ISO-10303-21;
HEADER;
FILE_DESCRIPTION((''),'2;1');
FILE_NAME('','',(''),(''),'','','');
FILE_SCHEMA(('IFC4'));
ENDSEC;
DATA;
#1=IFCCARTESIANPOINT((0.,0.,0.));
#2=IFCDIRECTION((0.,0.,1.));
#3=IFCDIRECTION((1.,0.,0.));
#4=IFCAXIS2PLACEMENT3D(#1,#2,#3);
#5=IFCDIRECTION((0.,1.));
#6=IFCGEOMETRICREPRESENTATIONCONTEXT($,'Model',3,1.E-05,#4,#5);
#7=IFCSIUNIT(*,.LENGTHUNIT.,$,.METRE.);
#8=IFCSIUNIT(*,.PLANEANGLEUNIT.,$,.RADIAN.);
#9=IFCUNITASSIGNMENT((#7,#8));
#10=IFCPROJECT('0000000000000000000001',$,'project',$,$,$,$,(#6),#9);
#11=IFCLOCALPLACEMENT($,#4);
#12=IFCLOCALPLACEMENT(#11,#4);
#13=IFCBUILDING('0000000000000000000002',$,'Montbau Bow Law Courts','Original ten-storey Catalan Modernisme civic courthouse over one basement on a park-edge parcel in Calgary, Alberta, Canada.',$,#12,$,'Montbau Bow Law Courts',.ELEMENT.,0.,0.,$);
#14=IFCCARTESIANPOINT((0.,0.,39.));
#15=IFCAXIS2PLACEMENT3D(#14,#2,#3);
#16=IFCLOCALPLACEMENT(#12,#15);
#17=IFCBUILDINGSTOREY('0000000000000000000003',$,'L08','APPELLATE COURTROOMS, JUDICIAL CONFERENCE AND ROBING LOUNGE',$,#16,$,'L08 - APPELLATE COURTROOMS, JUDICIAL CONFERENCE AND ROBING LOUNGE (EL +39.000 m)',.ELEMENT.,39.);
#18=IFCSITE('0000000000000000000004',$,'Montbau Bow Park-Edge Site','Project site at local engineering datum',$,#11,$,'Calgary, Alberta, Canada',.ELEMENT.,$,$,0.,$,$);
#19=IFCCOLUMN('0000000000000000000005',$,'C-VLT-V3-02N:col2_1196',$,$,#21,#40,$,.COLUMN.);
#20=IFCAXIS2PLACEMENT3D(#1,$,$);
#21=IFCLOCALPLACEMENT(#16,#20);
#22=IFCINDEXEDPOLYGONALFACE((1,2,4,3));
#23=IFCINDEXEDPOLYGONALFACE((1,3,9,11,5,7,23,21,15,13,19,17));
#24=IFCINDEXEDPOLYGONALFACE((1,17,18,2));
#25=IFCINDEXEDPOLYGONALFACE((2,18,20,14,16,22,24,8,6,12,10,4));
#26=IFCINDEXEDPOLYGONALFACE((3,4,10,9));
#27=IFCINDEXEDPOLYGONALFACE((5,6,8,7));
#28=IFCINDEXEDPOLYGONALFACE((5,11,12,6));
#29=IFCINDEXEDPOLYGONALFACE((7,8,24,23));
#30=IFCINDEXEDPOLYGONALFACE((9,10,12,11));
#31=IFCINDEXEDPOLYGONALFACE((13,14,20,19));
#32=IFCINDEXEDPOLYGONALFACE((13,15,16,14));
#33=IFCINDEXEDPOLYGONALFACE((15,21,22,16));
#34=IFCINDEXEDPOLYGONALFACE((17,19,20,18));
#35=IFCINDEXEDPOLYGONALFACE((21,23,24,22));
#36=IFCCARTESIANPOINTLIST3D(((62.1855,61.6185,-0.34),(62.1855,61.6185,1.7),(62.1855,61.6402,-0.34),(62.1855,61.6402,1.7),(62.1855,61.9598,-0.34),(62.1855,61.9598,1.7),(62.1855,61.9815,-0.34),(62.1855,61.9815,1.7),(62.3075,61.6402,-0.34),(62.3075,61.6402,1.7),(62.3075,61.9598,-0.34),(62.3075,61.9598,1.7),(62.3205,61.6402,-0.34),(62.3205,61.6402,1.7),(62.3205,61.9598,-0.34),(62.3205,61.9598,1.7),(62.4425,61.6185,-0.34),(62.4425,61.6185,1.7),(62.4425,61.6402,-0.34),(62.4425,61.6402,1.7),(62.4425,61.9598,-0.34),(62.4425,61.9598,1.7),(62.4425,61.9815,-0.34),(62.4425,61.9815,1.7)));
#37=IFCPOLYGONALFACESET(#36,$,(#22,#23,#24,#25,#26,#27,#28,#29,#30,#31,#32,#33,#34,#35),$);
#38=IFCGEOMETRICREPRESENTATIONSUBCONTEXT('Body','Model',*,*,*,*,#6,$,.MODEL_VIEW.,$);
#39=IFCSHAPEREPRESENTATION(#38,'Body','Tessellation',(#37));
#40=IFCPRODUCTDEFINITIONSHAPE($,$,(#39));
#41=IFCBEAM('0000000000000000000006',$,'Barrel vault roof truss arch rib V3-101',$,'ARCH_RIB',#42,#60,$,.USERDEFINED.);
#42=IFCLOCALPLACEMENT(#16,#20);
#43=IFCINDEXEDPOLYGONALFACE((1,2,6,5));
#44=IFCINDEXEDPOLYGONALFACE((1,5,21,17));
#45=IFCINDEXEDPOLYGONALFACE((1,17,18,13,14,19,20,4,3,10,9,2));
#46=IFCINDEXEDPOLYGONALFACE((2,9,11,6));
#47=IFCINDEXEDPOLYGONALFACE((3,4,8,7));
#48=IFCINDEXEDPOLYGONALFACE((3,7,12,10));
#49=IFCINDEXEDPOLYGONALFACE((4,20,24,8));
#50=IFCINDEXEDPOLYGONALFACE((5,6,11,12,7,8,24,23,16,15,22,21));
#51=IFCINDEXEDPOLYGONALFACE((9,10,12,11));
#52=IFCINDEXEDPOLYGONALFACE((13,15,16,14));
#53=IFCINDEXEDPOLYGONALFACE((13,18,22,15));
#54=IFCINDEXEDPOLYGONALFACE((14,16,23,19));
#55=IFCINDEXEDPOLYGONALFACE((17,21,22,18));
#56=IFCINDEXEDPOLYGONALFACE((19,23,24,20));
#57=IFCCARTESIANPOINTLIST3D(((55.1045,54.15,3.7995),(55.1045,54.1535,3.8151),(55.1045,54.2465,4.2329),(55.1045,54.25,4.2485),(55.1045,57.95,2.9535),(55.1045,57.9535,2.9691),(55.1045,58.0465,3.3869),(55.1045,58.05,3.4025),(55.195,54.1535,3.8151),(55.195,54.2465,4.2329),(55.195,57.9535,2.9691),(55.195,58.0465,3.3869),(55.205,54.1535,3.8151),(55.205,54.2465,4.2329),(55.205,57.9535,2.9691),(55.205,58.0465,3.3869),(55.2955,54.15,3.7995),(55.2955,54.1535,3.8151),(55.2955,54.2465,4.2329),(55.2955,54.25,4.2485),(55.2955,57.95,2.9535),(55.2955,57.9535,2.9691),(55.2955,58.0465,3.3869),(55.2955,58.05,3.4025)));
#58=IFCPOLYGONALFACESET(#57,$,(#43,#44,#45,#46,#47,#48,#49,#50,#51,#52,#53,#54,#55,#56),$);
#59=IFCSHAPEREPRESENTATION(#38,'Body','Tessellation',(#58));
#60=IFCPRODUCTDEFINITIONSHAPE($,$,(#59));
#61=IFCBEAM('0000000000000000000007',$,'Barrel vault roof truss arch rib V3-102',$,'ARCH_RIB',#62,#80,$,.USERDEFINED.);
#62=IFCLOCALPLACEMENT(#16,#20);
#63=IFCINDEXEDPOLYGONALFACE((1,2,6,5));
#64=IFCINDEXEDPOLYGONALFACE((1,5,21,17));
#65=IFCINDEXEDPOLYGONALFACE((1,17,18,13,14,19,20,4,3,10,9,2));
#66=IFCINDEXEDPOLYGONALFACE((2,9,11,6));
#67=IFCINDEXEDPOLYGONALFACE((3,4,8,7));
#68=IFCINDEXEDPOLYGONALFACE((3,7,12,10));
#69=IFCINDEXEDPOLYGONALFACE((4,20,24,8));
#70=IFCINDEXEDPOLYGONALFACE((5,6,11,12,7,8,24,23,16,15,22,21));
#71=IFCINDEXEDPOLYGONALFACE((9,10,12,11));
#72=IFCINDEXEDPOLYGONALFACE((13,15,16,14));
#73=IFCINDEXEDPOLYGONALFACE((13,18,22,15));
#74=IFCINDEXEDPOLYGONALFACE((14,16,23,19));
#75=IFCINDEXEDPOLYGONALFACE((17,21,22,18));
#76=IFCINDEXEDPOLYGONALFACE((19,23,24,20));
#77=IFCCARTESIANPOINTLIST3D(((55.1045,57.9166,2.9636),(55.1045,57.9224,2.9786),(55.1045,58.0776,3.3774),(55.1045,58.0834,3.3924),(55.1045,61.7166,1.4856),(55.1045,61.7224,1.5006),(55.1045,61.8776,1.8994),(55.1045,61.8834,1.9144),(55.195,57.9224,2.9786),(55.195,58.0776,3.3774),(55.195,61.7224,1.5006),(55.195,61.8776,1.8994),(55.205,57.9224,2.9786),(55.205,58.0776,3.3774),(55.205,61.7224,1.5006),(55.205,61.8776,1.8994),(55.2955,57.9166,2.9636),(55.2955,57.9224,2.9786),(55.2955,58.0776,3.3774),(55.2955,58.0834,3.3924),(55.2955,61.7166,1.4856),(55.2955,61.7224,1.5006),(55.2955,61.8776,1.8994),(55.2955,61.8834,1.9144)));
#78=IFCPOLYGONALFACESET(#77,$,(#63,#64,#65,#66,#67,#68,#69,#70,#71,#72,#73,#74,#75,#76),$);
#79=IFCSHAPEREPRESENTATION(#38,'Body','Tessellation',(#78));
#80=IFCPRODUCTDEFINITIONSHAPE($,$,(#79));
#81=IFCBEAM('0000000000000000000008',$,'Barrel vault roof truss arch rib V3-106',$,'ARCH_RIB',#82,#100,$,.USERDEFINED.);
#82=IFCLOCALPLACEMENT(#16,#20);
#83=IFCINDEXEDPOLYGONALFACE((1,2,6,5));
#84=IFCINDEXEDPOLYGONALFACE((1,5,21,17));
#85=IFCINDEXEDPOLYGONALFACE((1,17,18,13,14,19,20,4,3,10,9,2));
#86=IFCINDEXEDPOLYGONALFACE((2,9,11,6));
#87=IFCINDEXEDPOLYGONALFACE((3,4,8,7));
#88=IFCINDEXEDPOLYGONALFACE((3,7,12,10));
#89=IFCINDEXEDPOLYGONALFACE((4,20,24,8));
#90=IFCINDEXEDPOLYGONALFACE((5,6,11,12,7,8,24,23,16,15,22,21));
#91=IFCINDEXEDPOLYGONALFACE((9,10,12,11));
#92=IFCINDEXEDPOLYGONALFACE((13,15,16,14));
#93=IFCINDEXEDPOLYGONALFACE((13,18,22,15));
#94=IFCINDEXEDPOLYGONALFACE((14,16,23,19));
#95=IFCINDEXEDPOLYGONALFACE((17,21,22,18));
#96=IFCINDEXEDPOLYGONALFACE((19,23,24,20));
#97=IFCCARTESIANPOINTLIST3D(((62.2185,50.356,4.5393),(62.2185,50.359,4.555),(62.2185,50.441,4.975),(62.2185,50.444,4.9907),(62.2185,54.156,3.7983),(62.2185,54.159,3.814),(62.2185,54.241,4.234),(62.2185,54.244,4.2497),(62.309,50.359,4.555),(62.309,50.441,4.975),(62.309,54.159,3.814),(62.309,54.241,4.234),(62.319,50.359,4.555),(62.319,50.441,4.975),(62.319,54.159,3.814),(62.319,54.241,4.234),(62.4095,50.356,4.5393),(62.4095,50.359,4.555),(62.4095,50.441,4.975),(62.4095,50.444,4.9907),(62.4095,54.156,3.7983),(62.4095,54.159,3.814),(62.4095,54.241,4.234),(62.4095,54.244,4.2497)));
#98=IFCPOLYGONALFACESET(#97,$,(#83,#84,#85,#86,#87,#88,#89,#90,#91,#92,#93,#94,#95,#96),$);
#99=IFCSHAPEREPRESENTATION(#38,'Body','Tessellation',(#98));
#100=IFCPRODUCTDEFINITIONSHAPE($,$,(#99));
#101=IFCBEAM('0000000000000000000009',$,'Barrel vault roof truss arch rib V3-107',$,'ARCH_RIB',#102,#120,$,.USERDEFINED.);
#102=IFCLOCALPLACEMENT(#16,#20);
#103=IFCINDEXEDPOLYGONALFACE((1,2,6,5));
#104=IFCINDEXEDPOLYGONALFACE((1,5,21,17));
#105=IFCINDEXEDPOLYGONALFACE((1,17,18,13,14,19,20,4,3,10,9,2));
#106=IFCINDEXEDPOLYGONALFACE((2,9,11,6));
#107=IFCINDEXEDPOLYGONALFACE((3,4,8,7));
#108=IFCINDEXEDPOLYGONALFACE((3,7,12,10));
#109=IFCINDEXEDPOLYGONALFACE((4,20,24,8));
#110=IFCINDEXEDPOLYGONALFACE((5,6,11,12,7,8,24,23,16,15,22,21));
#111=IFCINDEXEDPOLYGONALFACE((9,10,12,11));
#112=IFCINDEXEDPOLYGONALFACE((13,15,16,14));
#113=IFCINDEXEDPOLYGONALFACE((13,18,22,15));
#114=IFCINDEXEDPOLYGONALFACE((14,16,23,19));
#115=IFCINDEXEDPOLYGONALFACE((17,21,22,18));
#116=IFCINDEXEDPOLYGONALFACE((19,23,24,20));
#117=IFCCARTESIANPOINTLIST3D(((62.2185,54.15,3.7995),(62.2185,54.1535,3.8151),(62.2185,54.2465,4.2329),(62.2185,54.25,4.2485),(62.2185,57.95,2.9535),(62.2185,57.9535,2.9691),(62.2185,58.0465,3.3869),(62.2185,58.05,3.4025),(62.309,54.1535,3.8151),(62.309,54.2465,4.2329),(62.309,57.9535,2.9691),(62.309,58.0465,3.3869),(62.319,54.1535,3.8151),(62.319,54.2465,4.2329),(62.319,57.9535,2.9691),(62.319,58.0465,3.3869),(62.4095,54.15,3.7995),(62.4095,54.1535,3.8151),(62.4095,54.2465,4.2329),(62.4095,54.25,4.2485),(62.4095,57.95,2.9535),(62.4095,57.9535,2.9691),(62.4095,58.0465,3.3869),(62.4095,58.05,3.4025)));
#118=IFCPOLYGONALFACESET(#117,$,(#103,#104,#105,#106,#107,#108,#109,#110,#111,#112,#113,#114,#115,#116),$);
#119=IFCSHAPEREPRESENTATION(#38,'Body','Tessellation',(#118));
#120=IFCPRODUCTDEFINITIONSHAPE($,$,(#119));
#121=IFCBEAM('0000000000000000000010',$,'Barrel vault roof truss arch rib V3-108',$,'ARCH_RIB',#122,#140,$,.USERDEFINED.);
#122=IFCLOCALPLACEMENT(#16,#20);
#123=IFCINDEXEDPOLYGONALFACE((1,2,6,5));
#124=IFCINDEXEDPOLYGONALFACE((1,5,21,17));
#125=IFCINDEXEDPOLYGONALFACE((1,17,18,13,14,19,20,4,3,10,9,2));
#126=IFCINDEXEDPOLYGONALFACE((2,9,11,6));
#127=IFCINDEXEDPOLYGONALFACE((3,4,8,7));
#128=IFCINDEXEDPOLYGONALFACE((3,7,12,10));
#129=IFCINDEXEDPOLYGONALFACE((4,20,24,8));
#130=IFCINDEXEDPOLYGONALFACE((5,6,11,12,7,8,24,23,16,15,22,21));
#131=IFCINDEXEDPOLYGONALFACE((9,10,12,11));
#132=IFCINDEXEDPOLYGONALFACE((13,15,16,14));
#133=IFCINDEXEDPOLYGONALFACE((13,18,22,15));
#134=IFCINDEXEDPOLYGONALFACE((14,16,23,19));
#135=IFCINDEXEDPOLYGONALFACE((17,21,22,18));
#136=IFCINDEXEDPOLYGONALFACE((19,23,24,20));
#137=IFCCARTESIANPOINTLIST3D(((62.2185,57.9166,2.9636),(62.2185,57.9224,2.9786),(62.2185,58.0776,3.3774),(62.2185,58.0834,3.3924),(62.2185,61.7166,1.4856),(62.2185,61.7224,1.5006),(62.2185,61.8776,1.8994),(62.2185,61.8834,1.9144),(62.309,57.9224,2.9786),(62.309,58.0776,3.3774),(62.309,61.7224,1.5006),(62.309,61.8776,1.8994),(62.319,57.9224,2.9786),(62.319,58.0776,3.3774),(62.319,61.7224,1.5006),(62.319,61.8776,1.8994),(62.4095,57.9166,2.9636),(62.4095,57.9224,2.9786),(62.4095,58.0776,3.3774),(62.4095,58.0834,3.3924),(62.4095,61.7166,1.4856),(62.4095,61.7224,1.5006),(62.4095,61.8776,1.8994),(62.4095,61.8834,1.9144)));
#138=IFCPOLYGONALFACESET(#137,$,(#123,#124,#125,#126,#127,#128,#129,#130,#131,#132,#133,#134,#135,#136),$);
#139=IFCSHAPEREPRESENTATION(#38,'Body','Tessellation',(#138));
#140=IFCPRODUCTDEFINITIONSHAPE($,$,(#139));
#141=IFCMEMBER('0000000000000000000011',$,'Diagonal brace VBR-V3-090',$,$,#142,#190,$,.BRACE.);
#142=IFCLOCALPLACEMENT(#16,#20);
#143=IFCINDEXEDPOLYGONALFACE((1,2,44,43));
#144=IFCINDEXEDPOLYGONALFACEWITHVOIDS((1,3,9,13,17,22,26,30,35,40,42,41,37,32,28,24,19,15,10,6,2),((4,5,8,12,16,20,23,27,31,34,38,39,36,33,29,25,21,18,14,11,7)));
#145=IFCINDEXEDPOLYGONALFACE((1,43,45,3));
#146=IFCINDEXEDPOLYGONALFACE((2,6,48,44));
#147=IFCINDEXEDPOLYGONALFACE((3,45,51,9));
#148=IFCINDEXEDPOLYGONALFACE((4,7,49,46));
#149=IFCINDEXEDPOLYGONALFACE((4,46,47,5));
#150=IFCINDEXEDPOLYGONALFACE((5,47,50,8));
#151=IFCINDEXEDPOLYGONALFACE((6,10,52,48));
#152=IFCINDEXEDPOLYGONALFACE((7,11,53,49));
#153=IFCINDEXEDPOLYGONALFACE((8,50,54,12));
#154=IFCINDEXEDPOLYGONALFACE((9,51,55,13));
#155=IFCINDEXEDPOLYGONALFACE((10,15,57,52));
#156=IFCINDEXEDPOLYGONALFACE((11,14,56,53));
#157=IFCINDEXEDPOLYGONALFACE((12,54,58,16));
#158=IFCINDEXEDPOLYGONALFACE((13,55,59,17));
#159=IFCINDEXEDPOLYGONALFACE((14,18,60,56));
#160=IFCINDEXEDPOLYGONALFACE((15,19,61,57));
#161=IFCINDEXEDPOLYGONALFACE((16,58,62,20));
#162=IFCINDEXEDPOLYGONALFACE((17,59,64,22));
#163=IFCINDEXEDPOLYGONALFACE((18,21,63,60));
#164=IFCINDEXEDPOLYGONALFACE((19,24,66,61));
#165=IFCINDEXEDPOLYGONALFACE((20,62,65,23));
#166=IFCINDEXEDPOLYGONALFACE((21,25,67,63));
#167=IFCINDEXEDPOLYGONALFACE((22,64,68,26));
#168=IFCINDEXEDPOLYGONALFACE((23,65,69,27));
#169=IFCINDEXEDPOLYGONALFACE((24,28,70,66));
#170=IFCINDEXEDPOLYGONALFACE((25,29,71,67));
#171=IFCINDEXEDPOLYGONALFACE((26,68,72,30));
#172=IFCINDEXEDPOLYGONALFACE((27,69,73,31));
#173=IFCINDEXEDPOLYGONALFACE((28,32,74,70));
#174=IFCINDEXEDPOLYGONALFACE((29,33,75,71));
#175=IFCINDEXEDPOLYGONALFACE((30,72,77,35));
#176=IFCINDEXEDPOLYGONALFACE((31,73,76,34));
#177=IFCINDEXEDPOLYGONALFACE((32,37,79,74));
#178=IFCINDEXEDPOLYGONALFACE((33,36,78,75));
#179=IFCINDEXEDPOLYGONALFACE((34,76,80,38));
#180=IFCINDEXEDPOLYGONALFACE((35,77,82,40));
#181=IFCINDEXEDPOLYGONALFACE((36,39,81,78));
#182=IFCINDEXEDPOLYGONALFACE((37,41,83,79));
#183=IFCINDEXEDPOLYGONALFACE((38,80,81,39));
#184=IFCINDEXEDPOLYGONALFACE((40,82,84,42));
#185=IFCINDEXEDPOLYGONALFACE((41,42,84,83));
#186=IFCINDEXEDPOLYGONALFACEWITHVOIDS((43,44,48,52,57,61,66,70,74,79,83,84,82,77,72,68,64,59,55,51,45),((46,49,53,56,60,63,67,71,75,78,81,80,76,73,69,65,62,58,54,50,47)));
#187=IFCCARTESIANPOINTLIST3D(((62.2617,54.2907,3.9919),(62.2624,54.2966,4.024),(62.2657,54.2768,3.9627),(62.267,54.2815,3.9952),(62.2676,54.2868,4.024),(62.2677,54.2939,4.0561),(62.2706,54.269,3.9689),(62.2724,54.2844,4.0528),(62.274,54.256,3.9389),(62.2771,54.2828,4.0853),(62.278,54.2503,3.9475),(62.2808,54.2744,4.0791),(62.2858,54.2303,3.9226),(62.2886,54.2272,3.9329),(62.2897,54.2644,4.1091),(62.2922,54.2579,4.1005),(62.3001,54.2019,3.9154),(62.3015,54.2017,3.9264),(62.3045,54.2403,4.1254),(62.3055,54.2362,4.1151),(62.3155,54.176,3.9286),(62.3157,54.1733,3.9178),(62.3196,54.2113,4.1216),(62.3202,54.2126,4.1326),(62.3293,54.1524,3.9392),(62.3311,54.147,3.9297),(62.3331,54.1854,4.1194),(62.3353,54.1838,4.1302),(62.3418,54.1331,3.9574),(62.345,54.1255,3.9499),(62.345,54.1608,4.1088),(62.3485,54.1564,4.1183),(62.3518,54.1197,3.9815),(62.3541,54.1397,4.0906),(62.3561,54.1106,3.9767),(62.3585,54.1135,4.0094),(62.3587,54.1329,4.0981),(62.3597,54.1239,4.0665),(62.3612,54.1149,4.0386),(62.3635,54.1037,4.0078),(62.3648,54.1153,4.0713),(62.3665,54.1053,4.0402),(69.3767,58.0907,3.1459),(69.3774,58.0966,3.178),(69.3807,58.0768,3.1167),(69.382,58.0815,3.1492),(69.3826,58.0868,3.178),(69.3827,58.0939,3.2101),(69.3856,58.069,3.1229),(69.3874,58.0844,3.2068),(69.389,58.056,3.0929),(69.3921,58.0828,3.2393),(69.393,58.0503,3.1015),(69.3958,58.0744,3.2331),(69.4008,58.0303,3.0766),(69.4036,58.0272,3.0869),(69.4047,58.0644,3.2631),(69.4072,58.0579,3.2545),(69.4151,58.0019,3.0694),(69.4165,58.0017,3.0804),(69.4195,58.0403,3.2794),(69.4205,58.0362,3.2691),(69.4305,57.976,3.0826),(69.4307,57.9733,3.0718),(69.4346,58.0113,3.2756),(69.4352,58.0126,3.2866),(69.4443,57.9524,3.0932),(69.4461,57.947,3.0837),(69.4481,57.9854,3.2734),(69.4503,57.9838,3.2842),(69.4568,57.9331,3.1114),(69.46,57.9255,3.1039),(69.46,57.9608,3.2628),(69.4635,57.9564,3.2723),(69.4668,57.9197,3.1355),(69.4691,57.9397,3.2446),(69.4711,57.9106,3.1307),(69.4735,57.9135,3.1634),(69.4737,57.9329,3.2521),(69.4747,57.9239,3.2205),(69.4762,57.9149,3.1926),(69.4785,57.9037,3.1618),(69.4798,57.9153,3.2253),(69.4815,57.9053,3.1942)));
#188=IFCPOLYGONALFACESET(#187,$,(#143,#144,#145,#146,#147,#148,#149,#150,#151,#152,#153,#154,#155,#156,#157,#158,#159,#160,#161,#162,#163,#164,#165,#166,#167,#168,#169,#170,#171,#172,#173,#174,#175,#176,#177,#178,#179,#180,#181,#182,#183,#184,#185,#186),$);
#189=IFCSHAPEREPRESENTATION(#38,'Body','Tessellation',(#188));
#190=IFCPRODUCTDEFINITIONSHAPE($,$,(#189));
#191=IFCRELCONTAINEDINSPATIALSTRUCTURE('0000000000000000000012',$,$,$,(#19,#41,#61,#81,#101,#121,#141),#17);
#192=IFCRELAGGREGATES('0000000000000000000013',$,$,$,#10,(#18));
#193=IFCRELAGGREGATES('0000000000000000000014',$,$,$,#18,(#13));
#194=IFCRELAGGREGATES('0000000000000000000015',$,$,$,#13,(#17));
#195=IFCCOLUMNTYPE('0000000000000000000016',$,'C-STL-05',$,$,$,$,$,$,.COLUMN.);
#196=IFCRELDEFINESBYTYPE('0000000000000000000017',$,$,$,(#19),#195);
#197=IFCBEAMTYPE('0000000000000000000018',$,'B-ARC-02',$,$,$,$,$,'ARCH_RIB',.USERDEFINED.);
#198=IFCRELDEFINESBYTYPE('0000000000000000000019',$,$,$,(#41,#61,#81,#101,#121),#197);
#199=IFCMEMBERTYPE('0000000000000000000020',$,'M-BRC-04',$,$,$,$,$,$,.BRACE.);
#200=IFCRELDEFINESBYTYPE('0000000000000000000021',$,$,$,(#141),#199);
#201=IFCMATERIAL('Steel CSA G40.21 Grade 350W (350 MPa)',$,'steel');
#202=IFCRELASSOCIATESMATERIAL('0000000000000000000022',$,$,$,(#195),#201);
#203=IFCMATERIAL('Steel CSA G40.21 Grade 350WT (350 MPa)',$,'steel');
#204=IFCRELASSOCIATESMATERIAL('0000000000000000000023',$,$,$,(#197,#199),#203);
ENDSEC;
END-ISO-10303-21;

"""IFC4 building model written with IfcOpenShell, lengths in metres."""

from ifc_helpers import new_model, si_unit, direction, frame, origin_with_axes, origin_2d_with_axis, place, context, subcontext, project, spatial, hollow_circle, i_section, extrude, material, material_profile, profile_set, type_object, element, save


model = new_model("IFC4")

# Units and contexts
model_context = context("Model", 3, precision=1e-05, world=origin_with_axes(), true_north=direction((0.0, 1.0)))
body_context = subcontext(model_context, "Body", "Model", "MODEL_VIEW")
ifc_project = project(units=[si_unit("LENGTHUNIT", "METRE"), si_unit("PLANEANGLEUNIT", "RADIAN")], contexts=[model_context])

# Site, building, storey
site_placement = place(None, origin_with_axes())
site = spatial("IfcSite", under=ifc_project, at=site_placement, Name="Montbau Bow Park-Edge Site", Description="Project site at local engineering datum", LongName="Calgary, Alberta, Canada", CompositionType="ELEMENT", RefElevation=0.0)
building_placement = place(site_placement, origin_with_axes())
building = spatial("IfcBuilding", under=site, at=building_placement, Name="Montbau Bow Law Courts", Description="Original ten-storey Catalan Modernisme civic courthouse over one basement on a park-edge parcel in Calgary, Alberta, Canada.", LongName="Montbau Bow Law Courts", CompositionType="ELEMENT", ElevationOfRefHeight=0.0, ElevationOfTerrain=0.0)
storey_placement = place(building_placement, frame((0.0, 0.0, 39.0), z_axis=(0.0, 0.0, 1.0), x_axis=(1.0, 0.0, 0.0)))
storey = spatial("IfcBuildingStorey", under=building, at=storey_placement, Name="L08", Description="APPELLATE COURTROOMS, JUDICIAL CONFERENCE AND ROBING LOUNGE", LongName="L08 - APPELLATE COURTROOMS, JUDICIAL CONFERENCE AND ROBING LOUNGE (EL +39.000 m)", CompositionType="ELEMENT", Elevation=39.0)

# Column
ifc_material_1 = material(Name="Steel CSA G40.21 Grade 350W (350 MPa)", Category="steel")
ifc_material_profile_1 = material_profile(ifc_material_1, i_section(OverallWidth=0.257, OverallDepth=0.363, WebThickness=0.013, FlangeThickness=0.0217, at=origin_2d_with_axis()), Name="W360X122", Category="Main", Priority=0)
ifc_profile_set_1 = profile_set([ifc_material_profile_1], Name="Steel CSA G40.21 Grade 350W (350 MPa)")
column_type = type_object("IfcColumnType", Name="C-STL-05", PredefinedType="COLUMN", material=ifc_profile_set_1)
column_placement = place(None, frame((62.314, 61.8, 38.66), z_axis=(0.0, 0.0, 1.0), x_axis=(1.0, 0.0, 0.0)))
element("IfcColumn", 1, at=column_placement, inside=storey, type_object=column_type, Name="C-VLT-V3-02N:col2_1196", PredefinedType="COLUMN", context=body_context, shape_type="SweptSolid", body=[
    extrude(i_section(OverallWidth=0.257, OverallDepth=0.363, WebThickness=0.013, FlangeThickness=0.0217, at=origin_2d_with_axis()), origin_with_axes(), (0.0, 0.0, 1.0), 2.04),
])

# Beams
ifc_material_2 = material(Name="Steel CSA G40.21 Grade 350WT (350 MPa)", Category="steel")
ifc_material_profile_2 = material_profile(ifc_material_2, i_section(OverallWidth=0.191, OverallDepth=0.46, WebThickness=0.0099, FlangeThickness=0.016, at=origin_2d_with_axis()), Name="W460X82", Category="Main", Priority=0)
ifc_profile_set_2 = profile_set([ifc_material_profile_2], Name="Steel CSA G40.21 Grade 350WT (350 MPa)")
beam_type = type_object("IfcBeamType", Name="B-ARC-02", ElementType="ARCH_RIB", PredefinedType="USERDEFINED", material=ifc_profile_set_2)
beam_1_placement = place(None, frame((55.2, 54.2, 43.024), z_axis=(0.0, 0.976102, -0.217311), x_axis=(-1.0, 0.0, 0.0)))
element("IfcBeam", 2, at=beam_1_placement, inside=storey, type_object=beam_type, Name="Barrel vault roof truss arch rib V3-101", ObjectType="ARCH_RIB", PredefinedType="USERDEFINED", context=body_context, shape_type="SweptSolid", body=[
    extrude(i_section(OverallWidth=0.191, OverallDepth=0.46, WebThickness=0.0099, FlangeThickness=0.016, at=origin_2d_with_axis()), origin_with_axes(), (0.0, 0.0, 1.0), 3.893),
])
beam_2_placement = place(None, frame((55.2, 58.0, 42.178), z_axis=(0.0, 0.931986, -0.362494), x_axis=(-1.0, 0.0, 0.0)))
element("IfcBeam", 3, at=beam_2_placement, inside=storey, type_object=beam_type, Name="Barrel vault roof truss arch rib V3-102", ObjectType="ARCH_RIB", PredefinedType="USERDEFINED", context=body_context, shape_type="SweptSolid", body=[
    extrude(i_section(OverallWidth=0.191, OverallDepth=0.46, WebThickness=0.0099, FlangeThickness=0.016, at=origin_2d_with_axis()), origin_with_axes(), (0.0, 0.0, 1.0), 4.0773),
])
beam_3_placement = place(None, frame((62.314, 50.4, 43.765), z_axis=(0.0, 0.981513, -0.191395), x_axis=(-1.0, 0.0, 0.0)))
element("IfcBeam", 4, at=beam_3_placement, inside=storey, type_object=beam_type, Name="Barrel vault roof truss arch rib V3-106", ObjectType="ARCH_RIB", PredefinedType="USERDEFINED", context=body_context, shape_type="SweptSolid", body=[
    extrude(i_section(OverallWidth=0.191, OverallDepth=0.46, WebThickness=0.0099, FlangeThickness=0.016, at=origin_2d_with_axis()), origin_with_axes(), (0.0, 0.0, 1.0), 3.8716),
])
beam_4_placement = place(None, frame((62.314, 54.2, 43.024), z_axis=(0.0, 0.976102, -0.217311), x_axis=(-1.0, 0.0, 0.0)))
element("IfcBeam", 5, at=beam_4_placement, inside=storey, type_object=beam_type, Name="Barrel vault roof truss arch rib V3-107", ObjectType="ARCH_RIB", PredefinedType="USERDEFINED", context=body_context, shape_type="SweptSolid", body=[
    extrude(i_section(OverallWidth=0.191, OverallDepth=0.46, WebThickness=0.0099, FlangeThickness=0.016, at=origin_2d_with_axis()), origin_with_axes(), (0.0, 0.0, 1.0), 3.893),
])
beam_5_placement = place(None, frame((62.314, 58.0, 42.178), z_axis=(0.0, 0.931986, -0.362494), x_axis=(-1.0, 0.0, 0.0)))
element("IfcBeam", 6, at=beam_5_placement, inside=storey, type_object=beam_type, Name="Barrel vault roof truss arch rib V3-108", ObjectType="ARCH_RIB", PredefinedType="USERDEFINED", context=body_context, shape_type="SweptSolid", body=[
    extrude(i_section(OverallWidth=0.191, OverallDepth=0.46, WebThickness=0.0099, FlangeThickness=0.016, at=origin_2d_with_axis()), origin_with_axes(), (0.0, 0.0, 1.0), 4.0773),
])

# Member
ifc_material_profile_3 = material_profile(ifc_material_2, hollow_circle(Radius=0.1095, WallThickness=0.0111, at=origin_2d_with_axis()), Name="HSS219X11", Category="Main", Priority=0)
ifc_profile_set_3 = profile_set([ifc_material_profile_3], Name="Steel CSA G40.21 Grade 350WT (350 MPa)")
member_type_1 = type_object("IfcMemberType", Name="M-BRC-04", PredefinedType="BRACE", material=ifc_profile_set_3)
member_1_placement = place(None, frame((62.314, 54.2, 43.024), z_axis=(0.877266, 0.468533, -0.10431), x_axis=(-0.471103, 0.882078, 0.0)))
element("IfcMember", 7, at=member_1_placement, inside=storey, type_object=member_type_1, Name="Diagonal brace VBR-V3-090", PredefinedType="BRACE", context=body_context, shape_type="SweptSolid", body=[
    extrude(hollow_circle(Radius=0.1095, WallThickness=0.0111, at=origin_2d_with_axis()), origin_with_axes(), (0.0, 0.0, 1.0), 8.1104),
])

save(model, "model.ifc")
